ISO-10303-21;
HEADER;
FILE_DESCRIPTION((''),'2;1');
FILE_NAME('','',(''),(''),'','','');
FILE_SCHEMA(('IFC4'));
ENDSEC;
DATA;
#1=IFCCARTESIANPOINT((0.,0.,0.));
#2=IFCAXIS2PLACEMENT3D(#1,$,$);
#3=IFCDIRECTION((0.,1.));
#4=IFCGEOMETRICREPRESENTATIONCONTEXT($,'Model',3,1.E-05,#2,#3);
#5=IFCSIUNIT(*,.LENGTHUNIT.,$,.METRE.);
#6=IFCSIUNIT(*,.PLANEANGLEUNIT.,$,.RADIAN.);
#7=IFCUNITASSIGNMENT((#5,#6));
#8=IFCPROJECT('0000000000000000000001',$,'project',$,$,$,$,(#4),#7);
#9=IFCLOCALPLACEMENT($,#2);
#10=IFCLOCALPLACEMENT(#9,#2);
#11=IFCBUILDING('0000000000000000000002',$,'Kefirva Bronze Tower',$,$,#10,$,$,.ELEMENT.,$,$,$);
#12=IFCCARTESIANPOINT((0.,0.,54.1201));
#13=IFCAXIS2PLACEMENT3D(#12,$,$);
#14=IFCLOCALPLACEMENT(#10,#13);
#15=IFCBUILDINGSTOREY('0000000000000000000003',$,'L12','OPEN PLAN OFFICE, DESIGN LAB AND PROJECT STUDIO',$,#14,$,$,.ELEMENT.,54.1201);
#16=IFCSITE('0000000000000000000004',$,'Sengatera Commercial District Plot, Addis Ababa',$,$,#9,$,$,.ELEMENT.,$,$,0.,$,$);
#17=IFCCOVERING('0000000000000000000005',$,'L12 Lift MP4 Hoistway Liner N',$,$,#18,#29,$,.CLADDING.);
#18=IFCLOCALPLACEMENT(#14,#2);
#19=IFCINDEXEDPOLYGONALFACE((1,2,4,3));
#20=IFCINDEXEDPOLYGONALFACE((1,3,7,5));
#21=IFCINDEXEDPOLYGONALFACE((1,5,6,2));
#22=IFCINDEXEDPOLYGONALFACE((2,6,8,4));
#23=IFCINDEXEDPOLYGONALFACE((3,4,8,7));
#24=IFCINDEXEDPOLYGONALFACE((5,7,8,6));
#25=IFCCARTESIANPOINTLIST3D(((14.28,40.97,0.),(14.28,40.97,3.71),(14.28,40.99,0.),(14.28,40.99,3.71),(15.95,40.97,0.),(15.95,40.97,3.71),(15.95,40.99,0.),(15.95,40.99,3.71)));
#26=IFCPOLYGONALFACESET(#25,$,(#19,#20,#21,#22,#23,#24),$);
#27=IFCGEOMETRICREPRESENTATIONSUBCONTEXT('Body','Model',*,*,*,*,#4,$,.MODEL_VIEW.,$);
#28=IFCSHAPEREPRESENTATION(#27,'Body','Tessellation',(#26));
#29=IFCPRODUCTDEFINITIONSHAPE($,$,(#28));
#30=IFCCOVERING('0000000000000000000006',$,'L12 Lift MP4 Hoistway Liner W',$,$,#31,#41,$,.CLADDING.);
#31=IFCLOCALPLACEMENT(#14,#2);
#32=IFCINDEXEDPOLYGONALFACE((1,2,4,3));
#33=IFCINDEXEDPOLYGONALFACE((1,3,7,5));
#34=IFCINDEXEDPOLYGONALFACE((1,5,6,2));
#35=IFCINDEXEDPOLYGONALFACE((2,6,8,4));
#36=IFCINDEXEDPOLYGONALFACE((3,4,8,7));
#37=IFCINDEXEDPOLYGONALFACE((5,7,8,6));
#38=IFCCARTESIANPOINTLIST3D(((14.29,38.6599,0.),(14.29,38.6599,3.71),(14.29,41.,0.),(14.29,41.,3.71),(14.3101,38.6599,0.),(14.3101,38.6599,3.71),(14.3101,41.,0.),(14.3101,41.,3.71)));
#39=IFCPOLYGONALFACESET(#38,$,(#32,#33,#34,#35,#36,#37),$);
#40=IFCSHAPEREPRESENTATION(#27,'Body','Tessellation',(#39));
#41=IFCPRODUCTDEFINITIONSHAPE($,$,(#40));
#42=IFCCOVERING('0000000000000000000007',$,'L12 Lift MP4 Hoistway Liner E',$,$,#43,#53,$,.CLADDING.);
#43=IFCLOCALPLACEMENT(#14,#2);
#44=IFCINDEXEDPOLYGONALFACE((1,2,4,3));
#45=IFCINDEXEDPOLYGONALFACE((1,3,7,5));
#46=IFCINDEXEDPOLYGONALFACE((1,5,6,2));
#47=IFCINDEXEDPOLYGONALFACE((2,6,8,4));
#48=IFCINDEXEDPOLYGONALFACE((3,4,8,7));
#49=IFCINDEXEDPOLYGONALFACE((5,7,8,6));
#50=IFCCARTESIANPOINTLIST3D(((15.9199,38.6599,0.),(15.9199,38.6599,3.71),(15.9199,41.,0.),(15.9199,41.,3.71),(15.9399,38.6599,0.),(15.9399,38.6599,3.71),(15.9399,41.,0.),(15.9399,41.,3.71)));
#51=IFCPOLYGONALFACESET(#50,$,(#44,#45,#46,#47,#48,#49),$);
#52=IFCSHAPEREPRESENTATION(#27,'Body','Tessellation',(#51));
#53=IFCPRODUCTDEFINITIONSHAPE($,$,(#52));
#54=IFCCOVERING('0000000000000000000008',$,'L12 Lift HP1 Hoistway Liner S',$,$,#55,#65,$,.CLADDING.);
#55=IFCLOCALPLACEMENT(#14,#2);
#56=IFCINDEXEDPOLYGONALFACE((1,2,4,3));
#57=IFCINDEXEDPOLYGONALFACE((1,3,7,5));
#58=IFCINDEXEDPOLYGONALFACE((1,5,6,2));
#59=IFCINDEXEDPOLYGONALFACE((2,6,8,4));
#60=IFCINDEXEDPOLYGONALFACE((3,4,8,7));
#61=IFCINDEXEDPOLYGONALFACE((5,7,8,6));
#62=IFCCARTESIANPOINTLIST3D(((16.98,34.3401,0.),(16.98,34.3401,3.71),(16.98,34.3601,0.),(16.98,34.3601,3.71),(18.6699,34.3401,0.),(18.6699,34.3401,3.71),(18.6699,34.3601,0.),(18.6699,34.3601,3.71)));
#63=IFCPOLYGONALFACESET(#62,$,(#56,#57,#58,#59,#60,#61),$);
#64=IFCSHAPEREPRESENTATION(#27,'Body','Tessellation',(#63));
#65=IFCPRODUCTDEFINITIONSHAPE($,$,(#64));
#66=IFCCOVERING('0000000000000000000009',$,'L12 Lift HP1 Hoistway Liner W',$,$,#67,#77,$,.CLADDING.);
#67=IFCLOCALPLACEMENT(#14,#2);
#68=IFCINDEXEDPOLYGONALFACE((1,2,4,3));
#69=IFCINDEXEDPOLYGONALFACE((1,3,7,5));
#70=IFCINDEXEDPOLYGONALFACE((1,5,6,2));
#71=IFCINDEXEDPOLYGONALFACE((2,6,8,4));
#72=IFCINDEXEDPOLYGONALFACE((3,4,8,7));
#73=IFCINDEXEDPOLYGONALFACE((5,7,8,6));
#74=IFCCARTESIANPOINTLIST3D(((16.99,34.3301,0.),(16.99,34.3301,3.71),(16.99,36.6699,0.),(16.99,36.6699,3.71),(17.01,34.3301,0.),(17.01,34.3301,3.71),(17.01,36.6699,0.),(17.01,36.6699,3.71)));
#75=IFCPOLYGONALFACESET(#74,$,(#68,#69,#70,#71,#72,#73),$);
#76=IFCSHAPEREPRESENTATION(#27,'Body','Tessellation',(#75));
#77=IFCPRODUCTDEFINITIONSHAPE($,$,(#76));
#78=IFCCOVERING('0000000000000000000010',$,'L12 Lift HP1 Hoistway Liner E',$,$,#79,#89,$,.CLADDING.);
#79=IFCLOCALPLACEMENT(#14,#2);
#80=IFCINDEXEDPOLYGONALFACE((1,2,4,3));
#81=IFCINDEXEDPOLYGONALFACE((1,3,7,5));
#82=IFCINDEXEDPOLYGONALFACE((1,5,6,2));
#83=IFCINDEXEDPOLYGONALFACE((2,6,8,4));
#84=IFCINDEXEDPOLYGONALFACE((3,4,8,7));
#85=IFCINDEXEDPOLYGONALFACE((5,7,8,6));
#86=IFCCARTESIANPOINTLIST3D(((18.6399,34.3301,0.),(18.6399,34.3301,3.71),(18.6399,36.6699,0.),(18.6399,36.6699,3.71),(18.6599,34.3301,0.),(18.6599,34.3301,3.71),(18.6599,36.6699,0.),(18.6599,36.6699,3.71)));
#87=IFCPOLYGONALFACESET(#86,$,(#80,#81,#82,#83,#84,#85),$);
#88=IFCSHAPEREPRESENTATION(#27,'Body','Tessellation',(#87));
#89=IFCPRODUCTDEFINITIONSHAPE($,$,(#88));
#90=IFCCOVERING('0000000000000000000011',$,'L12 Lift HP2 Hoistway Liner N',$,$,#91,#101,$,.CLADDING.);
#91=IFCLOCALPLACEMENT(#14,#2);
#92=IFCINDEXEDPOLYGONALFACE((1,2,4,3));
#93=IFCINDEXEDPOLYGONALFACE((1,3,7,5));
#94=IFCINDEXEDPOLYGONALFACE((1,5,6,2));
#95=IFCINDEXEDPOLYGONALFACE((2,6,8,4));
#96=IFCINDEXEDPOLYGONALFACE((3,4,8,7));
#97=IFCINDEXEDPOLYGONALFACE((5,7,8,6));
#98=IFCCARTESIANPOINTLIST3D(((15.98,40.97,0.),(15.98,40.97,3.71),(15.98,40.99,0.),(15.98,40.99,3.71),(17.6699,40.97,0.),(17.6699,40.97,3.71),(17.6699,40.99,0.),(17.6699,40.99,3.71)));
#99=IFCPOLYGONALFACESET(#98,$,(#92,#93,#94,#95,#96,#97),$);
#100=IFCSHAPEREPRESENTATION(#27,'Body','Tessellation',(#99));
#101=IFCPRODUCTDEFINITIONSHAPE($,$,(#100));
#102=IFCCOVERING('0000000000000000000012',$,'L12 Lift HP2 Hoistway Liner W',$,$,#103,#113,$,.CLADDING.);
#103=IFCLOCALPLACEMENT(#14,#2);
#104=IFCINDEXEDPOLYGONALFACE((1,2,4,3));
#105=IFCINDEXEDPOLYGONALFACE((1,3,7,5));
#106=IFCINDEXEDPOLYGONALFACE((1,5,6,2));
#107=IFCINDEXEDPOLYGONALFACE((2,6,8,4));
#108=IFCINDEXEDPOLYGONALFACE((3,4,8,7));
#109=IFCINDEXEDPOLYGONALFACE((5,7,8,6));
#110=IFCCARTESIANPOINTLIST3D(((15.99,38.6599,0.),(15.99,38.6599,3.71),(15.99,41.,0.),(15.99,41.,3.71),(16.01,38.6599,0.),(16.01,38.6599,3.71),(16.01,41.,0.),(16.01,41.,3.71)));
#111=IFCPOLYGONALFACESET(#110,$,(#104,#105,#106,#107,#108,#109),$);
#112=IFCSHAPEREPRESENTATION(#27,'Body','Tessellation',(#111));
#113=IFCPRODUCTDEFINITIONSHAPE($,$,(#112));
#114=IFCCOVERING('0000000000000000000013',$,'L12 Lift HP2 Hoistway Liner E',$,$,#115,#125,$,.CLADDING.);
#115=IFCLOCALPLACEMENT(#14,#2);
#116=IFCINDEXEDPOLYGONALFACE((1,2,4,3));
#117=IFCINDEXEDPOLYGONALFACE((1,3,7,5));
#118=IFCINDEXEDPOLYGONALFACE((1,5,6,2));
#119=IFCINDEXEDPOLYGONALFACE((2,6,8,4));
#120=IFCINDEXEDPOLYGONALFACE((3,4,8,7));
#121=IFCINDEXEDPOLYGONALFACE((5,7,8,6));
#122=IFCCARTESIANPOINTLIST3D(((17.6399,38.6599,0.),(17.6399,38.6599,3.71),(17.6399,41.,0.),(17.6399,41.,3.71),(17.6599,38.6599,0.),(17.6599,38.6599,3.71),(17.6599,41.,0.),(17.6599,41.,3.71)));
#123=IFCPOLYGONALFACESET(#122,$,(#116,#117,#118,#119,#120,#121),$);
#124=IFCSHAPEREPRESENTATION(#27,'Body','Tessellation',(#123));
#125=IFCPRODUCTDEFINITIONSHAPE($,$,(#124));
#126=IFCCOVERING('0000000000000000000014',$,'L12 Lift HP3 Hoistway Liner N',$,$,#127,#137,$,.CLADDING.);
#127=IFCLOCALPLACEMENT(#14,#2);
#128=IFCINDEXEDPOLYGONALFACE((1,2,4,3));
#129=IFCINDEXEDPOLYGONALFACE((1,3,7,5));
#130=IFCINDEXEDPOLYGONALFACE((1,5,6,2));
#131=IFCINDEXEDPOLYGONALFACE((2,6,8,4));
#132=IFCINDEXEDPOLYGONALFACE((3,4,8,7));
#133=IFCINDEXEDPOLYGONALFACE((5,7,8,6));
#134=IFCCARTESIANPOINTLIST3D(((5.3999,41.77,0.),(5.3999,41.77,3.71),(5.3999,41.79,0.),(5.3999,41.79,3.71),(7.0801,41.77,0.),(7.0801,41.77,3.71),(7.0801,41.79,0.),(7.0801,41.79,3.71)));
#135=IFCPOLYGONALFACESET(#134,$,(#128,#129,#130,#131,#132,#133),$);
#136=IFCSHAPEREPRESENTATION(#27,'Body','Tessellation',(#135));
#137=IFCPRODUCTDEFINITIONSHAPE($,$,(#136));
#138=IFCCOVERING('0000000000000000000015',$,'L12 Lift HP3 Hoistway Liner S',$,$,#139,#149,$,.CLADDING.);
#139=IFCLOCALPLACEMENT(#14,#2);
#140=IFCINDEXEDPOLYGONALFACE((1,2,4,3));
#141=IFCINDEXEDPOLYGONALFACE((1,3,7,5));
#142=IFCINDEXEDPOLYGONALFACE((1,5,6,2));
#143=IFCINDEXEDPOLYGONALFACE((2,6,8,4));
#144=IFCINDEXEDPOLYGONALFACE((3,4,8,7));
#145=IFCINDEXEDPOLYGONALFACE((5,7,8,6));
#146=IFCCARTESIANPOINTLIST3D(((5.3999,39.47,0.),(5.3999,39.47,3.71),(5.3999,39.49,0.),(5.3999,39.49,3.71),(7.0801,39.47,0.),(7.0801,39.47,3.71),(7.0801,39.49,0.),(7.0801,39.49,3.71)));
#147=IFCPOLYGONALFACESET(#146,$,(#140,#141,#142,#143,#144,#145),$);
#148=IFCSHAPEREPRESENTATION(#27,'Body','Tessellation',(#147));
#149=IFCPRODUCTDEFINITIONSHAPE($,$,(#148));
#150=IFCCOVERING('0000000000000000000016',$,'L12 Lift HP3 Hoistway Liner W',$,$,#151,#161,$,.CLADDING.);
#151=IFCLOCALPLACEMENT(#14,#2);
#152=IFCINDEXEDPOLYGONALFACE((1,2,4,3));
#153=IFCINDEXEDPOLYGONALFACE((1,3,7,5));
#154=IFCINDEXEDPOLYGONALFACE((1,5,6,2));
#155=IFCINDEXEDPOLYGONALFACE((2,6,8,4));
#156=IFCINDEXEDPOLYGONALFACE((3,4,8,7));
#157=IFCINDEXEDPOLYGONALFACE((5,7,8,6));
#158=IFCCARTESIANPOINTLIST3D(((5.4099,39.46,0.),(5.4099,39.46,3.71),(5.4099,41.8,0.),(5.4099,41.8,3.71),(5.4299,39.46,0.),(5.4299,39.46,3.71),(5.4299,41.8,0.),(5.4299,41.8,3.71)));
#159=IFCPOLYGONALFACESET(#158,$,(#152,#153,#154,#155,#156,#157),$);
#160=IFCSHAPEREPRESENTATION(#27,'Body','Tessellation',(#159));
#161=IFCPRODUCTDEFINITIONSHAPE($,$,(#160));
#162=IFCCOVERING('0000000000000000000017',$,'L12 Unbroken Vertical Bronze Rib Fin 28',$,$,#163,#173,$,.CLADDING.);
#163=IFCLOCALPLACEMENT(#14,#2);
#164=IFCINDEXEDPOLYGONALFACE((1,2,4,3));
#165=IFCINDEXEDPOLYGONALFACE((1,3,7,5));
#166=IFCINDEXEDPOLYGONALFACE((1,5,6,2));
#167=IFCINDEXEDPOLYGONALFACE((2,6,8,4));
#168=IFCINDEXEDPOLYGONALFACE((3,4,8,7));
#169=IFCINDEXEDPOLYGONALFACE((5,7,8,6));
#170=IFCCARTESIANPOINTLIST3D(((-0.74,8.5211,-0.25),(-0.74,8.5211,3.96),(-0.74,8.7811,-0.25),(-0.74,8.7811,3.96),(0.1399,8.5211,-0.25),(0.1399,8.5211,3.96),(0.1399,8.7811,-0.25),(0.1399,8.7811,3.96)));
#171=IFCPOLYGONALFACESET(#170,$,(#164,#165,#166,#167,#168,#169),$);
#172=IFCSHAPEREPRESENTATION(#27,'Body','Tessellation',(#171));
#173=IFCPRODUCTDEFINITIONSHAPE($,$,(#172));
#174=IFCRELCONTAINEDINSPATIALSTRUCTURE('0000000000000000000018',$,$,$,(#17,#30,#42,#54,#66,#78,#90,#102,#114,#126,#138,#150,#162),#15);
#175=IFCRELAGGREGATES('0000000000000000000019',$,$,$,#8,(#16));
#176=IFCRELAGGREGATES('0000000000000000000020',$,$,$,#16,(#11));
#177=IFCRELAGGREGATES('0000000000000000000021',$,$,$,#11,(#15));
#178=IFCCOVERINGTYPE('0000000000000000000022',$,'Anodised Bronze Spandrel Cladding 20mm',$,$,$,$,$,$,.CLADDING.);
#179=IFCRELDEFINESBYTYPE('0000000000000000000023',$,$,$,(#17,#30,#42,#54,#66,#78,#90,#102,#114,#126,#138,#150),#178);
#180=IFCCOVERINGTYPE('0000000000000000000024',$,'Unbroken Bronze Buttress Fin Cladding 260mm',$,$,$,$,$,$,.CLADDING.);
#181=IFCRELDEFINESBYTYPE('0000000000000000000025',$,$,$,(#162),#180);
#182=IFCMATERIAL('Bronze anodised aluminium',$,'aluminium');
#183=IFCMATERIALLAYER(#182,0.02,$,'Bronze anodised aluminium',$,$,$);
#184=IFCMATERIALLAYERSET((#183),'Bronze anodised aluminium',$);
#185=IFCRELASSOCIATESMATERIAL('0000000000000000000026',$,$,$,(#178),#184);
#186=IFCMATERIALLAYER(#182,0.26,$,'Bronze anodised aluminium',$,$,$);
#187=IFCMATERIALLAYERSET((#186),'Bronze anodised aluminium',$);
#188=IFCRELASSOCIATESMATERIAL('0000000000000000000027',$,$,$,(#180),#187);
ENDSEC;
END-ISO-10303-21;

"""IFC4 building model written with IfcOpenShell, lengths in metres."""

from ifc_helpers import new_model, si_unit, direction, frame, origin, origin_2d, place, context, subcontext, project, spatial, polyline, rectangle, outline, extrude, material, layer, layer_set, type_object, element, save


model = new_model("IFC4")

# Units and contexts
model_context = context("Model", 3, precision=1e-05, world=origin(), true_north=direction((0.0, 1.0)))
body_context = subcontext(model_context, "Body", "Model", "MODEL_VIEW")
ifc_project = project(units=[si_unit("LENGTHUNIT", "METRE"), si_unit("PLANEANGLEUNIT", "RADIAN")], contexts=[model_context])

# Site, building, storey
site_placement = place(None, origin())
site = spatial("IfcSite", under=ifc_project, at=site_placement, Name="Sengatera Commercial District Plot, Addis Ababa", CompositionType="ELEMENT", RefElevation=0.0)
building_placement = place(site_placement, origin())
building = spatial("IfcBuilding", under=site, at=building_placement, Name="Kefirva Bronze Tower", CompositionType="ELEMENT")
storey_placement = place(building_placement, frame((0.0, 0.0, 54.1201)))
storey = spatial("IfcBuildingStorey", under=building, at=storey_placement, Name="L12", Description="OPEN PLAN OFFICE, DESIGN LAB AND PROJECT STUDIO", CompositionType="ELEMENT", Elevation=54.1201)

# Coverings
ifc_material = material(Name="Bronze anodised aluminium", Category="aluminium")
ifc_layer_1 = layer(ifc_material, 0.02, Name="Bronze anodised aluminium")
ifc_layer_set_1 = layer_set([ifc_layer_1], Name="Bronze anodised aluminium")
covering_type_1 = type_object("IfcCoveringType", Name="Anodised Bronze Spandrel Cladding 20mm", PredefinedType="CLADDING", material=ifc_layer_set_1)
covering_1_placement = place(storey_placement, origin())
element("IfcCovering", 1, at=covering_1_placement, inside=storey, type_object=covering_type_1, Name="L12 Lift MP4 Hoistway Liner N", PredefinedType="CLADDING", context=body_context, shape_type="SweptSolid", body=[
    extrude(outline(polyline([(14.28, 40.97), (15.95, 40.97), (15.95, 40.99), (14.28, 40.99), (14.28, 40.97)])), origin(), (0.0, 0.0, 1.0), 3.71),
])
covering_2_placement = place(storey_placement, origin())
element("IfcCovering", 2, at=covering_2_placement, inside=storey, type_object=covering_type_1, Name="L12 Lift MP4 Hoistway Liner W", PredefinedType="CLADDING", context=body_context, shape_type="SweptSolid", body=[
    extrude(outline(polyline([(14.29, 38.6599), (14.3101, 38.6599), (14.3101, 41.0), (14.29, 41.0), (14.29, 38.6599)])), origin(), (0.0, 0.0, 1.0), 3.71),
])
covering_3_placement = place(storey_placement, origin())
element("IfcCovering", 3, at=covering_3_placement, inside=storey, type_object=covering_type_1, Name="L12 Lift MP4 Hoistway Liner E", PredefinedType="CLADDING", context=body_context, shape_type="SweptSolid", body=[
    extrude(outline(polyline([(15.9199, 38.6599), (15.9399, 38.6599), (15.9399, 41.0), (15.9199, 41.0), (15.9199, 38.6599)])), origin(), (0.0, 0.0, 1.0), 3.71),
])
covering_4_placement = place(storey_placement, origin())
element("IfcCovering", 4, at=covering_4_placement, inside=storey, type_object=covering_type_1, Name="L12 Lift HP1 Hoistway Liner S", PredefinedType="CLADDING", context=body_context, shape_type="SweptSolid", body=[
    extrude(outline(polyline([(16.98, 34.3401), (18.6699, 34.3401), (18.6699, 34.3601), (16.98, 34.3601), (16.98, 34.3401)])), origin(), (0.0, 0.0, 1.0), 3.71),
])
covering_5_placement = place(storey_placement, origin())
element("IfcCovering", 5, at=covering_5_placement, inside=storey, type_object=covering_type_1, Name="L12 Lift HP1 Hoistway Liner W", PredefinedType="CLADDING", context=body_context, shape_type="SweptSolid", body=[
    extrude(outline(polyline([(16.99, 34.3301), (17.01, 34.3301), (17.01, 36.6699), (16.99, 36.6699), (16.99, 34.3301)])), origin(), (0.0, 0.0, 1.0), 3.71),
])
covering_6_placement = place(storey_placement, origin())
element("IfcCovering", 6, at=covering_6_placement, inside=storey, type_object=covering_type_1, Name="L12 Lift HP1 Hoistway Liner E", PredefinedType="CLADDING", context=body_context, shape_type="SweptSolid", body=[
    extrude(outline(polyline([(18.6399, 34.3301), (18.6599, 34.3301), (18.6599, 36.6699), (18.6399, 36.6699), (18.6399, 34.3301)])), origin(), (0.0, 0.0, 1.0), 3.71),
])
covering_7_placement = place(storey_placement, origin())
element("IfcCovering", 7, at=covering_7_placement, inside=storey, type_object=covering_type_1, Name="L12 Lift HP2 Hoistway Liner N", PredefinedType="CLADDING", context=body_context, shape_type="SweptSolid", body=[
    extrude(outline(polyline([(15.98, 40.97), (17.6699, 40.97), (17.6699, 40.99), (15.98, 40.99), (15.98, 40.97)])), origin(), (0.0, 0.0, 1.0), 3.71),
])
covering_8_placement = place(storey_placement, origin())
element("IfcCovering", 8, at=covering_8_placement, inside=storey, type_object=covering_type_1, Name="L12 Lift HP2 Hoistway Liner W", PredefinedType="CLADDING", context=body_context, shape_type="SweptSolid", body=[
    extrude(outline(polyline([(15.99, 38.6599), (16.01, 38.6599), (16.01, 41.0), (15.99, 41.0), (15.99, 38.6599)])), origin(), (0.0, 0.0, 1.0), 3.71),
])
covering_9_placement = place(storey_placement, origin())
element("IfcCovering", 9, at=covering_9_placement, inside=storey, type_object=covering_type_1, Name="L12 Lift HP2 Hoistway Liner E", PredefinedType="CLADDING", context=body_context, shape_type="SweptSolid", body=[
    extrude(outline(polyline([(17.6399, 38.6599), (17.6599, 38.6599), (17.6599, 41.0), (17.6399, 41.0), (17.6399, 38.6599)])), origin(), (0.0, 0.0, 1.0), 3.71),
])
covering_10_placement = place(storey_placement, origin())
element("IfcCovering", 10, at=covering_10_placement, inside=storey, type_object=covering_type_1, Name="L12 Lift HP3 Hoistway Liner N", PredefinedType="CLADDING", context=body_context, shape_type="SweptSolid", body=[
    extrude(outline(polyline([(5.3999, 41.77), (7.0801, 41.77), (7.0801, 41.79), (5.3999, 41.79), (5.3999, 41.77)])), origin(), (0.0, 0.0, 1.0), 3.71),
])
covering_11_placement = place(storey_placement, origin())
element("IfcCovering", 11, at=covering_11_placement, inside=storey, type_object=covering_type_1, Name="L12 Lift HP3 Hoistway Liner S", PredefinedType="CLADDING", context=body_context, shape_type="SweptSolid", body=[
    extrude(outline(polyline([(5.3999, 39.47), (7.0801, 39.47), (7.0801, 39.49), (5.3999, 39.49), (5.3999, 39.47)])), origin(), (0.0, 0.0, 1.0), 3.71),
])
covering_12_placement = place(storey_placement, origin())
element("IfcCovering", 12, at=covering_12_placement, inside=storey, type_object=covering_type_1, Name="L12 Lift HP3 Hoistway Liner W", PredefinedType="CLADDING", context=body_context, shape_type="SweptSolid", body=[
    extrude(outline(polyline([(5.4099, 39.46), (5.4299, 39.46), (5.4299, 41.8), (5.4099, 41.8), (5.4099, 39.46)])), origin(), (0.0, 0.0, 1.0), 3.71),
])
ifc_layer_2 = layer(ifc_material, 0.26, Name="Bronze anodised aluminium")
ifc_layer_set_2 = layer_set([ifc_layer_2], Name="Bronze anodised aluminium")
covering_type_2 = type_object("IfcCoveringType", Name="Unbroken Bronze Buttress Fin Cladding 260mm", PredefinedType="CLADDING", material=ifc_layer_set_2)
covering_13_placement = place(storey_placement, frame((-0.3, 8.6511, -0.25), z_axis=(0.0, 0.0, 1.0), x_axis=(0.0, -1.0, 0.0)))
element("IfcCovering", 13, at=covering_13_placement, inside=storey, type_object=covering_type_2, Name="L12 Unbroken Vertical Bronze Rib Fin 28", PredefinedType="CLADDING", context=body_context, shape_type="SweptSolid", body=[
    extrude(rectangle(XDim=0.26, YDim=0.8799, at=origin_2d()), origin(), (0.0, 0.0, 1.0), 4.21),
])

save(model, "model.ifc")
